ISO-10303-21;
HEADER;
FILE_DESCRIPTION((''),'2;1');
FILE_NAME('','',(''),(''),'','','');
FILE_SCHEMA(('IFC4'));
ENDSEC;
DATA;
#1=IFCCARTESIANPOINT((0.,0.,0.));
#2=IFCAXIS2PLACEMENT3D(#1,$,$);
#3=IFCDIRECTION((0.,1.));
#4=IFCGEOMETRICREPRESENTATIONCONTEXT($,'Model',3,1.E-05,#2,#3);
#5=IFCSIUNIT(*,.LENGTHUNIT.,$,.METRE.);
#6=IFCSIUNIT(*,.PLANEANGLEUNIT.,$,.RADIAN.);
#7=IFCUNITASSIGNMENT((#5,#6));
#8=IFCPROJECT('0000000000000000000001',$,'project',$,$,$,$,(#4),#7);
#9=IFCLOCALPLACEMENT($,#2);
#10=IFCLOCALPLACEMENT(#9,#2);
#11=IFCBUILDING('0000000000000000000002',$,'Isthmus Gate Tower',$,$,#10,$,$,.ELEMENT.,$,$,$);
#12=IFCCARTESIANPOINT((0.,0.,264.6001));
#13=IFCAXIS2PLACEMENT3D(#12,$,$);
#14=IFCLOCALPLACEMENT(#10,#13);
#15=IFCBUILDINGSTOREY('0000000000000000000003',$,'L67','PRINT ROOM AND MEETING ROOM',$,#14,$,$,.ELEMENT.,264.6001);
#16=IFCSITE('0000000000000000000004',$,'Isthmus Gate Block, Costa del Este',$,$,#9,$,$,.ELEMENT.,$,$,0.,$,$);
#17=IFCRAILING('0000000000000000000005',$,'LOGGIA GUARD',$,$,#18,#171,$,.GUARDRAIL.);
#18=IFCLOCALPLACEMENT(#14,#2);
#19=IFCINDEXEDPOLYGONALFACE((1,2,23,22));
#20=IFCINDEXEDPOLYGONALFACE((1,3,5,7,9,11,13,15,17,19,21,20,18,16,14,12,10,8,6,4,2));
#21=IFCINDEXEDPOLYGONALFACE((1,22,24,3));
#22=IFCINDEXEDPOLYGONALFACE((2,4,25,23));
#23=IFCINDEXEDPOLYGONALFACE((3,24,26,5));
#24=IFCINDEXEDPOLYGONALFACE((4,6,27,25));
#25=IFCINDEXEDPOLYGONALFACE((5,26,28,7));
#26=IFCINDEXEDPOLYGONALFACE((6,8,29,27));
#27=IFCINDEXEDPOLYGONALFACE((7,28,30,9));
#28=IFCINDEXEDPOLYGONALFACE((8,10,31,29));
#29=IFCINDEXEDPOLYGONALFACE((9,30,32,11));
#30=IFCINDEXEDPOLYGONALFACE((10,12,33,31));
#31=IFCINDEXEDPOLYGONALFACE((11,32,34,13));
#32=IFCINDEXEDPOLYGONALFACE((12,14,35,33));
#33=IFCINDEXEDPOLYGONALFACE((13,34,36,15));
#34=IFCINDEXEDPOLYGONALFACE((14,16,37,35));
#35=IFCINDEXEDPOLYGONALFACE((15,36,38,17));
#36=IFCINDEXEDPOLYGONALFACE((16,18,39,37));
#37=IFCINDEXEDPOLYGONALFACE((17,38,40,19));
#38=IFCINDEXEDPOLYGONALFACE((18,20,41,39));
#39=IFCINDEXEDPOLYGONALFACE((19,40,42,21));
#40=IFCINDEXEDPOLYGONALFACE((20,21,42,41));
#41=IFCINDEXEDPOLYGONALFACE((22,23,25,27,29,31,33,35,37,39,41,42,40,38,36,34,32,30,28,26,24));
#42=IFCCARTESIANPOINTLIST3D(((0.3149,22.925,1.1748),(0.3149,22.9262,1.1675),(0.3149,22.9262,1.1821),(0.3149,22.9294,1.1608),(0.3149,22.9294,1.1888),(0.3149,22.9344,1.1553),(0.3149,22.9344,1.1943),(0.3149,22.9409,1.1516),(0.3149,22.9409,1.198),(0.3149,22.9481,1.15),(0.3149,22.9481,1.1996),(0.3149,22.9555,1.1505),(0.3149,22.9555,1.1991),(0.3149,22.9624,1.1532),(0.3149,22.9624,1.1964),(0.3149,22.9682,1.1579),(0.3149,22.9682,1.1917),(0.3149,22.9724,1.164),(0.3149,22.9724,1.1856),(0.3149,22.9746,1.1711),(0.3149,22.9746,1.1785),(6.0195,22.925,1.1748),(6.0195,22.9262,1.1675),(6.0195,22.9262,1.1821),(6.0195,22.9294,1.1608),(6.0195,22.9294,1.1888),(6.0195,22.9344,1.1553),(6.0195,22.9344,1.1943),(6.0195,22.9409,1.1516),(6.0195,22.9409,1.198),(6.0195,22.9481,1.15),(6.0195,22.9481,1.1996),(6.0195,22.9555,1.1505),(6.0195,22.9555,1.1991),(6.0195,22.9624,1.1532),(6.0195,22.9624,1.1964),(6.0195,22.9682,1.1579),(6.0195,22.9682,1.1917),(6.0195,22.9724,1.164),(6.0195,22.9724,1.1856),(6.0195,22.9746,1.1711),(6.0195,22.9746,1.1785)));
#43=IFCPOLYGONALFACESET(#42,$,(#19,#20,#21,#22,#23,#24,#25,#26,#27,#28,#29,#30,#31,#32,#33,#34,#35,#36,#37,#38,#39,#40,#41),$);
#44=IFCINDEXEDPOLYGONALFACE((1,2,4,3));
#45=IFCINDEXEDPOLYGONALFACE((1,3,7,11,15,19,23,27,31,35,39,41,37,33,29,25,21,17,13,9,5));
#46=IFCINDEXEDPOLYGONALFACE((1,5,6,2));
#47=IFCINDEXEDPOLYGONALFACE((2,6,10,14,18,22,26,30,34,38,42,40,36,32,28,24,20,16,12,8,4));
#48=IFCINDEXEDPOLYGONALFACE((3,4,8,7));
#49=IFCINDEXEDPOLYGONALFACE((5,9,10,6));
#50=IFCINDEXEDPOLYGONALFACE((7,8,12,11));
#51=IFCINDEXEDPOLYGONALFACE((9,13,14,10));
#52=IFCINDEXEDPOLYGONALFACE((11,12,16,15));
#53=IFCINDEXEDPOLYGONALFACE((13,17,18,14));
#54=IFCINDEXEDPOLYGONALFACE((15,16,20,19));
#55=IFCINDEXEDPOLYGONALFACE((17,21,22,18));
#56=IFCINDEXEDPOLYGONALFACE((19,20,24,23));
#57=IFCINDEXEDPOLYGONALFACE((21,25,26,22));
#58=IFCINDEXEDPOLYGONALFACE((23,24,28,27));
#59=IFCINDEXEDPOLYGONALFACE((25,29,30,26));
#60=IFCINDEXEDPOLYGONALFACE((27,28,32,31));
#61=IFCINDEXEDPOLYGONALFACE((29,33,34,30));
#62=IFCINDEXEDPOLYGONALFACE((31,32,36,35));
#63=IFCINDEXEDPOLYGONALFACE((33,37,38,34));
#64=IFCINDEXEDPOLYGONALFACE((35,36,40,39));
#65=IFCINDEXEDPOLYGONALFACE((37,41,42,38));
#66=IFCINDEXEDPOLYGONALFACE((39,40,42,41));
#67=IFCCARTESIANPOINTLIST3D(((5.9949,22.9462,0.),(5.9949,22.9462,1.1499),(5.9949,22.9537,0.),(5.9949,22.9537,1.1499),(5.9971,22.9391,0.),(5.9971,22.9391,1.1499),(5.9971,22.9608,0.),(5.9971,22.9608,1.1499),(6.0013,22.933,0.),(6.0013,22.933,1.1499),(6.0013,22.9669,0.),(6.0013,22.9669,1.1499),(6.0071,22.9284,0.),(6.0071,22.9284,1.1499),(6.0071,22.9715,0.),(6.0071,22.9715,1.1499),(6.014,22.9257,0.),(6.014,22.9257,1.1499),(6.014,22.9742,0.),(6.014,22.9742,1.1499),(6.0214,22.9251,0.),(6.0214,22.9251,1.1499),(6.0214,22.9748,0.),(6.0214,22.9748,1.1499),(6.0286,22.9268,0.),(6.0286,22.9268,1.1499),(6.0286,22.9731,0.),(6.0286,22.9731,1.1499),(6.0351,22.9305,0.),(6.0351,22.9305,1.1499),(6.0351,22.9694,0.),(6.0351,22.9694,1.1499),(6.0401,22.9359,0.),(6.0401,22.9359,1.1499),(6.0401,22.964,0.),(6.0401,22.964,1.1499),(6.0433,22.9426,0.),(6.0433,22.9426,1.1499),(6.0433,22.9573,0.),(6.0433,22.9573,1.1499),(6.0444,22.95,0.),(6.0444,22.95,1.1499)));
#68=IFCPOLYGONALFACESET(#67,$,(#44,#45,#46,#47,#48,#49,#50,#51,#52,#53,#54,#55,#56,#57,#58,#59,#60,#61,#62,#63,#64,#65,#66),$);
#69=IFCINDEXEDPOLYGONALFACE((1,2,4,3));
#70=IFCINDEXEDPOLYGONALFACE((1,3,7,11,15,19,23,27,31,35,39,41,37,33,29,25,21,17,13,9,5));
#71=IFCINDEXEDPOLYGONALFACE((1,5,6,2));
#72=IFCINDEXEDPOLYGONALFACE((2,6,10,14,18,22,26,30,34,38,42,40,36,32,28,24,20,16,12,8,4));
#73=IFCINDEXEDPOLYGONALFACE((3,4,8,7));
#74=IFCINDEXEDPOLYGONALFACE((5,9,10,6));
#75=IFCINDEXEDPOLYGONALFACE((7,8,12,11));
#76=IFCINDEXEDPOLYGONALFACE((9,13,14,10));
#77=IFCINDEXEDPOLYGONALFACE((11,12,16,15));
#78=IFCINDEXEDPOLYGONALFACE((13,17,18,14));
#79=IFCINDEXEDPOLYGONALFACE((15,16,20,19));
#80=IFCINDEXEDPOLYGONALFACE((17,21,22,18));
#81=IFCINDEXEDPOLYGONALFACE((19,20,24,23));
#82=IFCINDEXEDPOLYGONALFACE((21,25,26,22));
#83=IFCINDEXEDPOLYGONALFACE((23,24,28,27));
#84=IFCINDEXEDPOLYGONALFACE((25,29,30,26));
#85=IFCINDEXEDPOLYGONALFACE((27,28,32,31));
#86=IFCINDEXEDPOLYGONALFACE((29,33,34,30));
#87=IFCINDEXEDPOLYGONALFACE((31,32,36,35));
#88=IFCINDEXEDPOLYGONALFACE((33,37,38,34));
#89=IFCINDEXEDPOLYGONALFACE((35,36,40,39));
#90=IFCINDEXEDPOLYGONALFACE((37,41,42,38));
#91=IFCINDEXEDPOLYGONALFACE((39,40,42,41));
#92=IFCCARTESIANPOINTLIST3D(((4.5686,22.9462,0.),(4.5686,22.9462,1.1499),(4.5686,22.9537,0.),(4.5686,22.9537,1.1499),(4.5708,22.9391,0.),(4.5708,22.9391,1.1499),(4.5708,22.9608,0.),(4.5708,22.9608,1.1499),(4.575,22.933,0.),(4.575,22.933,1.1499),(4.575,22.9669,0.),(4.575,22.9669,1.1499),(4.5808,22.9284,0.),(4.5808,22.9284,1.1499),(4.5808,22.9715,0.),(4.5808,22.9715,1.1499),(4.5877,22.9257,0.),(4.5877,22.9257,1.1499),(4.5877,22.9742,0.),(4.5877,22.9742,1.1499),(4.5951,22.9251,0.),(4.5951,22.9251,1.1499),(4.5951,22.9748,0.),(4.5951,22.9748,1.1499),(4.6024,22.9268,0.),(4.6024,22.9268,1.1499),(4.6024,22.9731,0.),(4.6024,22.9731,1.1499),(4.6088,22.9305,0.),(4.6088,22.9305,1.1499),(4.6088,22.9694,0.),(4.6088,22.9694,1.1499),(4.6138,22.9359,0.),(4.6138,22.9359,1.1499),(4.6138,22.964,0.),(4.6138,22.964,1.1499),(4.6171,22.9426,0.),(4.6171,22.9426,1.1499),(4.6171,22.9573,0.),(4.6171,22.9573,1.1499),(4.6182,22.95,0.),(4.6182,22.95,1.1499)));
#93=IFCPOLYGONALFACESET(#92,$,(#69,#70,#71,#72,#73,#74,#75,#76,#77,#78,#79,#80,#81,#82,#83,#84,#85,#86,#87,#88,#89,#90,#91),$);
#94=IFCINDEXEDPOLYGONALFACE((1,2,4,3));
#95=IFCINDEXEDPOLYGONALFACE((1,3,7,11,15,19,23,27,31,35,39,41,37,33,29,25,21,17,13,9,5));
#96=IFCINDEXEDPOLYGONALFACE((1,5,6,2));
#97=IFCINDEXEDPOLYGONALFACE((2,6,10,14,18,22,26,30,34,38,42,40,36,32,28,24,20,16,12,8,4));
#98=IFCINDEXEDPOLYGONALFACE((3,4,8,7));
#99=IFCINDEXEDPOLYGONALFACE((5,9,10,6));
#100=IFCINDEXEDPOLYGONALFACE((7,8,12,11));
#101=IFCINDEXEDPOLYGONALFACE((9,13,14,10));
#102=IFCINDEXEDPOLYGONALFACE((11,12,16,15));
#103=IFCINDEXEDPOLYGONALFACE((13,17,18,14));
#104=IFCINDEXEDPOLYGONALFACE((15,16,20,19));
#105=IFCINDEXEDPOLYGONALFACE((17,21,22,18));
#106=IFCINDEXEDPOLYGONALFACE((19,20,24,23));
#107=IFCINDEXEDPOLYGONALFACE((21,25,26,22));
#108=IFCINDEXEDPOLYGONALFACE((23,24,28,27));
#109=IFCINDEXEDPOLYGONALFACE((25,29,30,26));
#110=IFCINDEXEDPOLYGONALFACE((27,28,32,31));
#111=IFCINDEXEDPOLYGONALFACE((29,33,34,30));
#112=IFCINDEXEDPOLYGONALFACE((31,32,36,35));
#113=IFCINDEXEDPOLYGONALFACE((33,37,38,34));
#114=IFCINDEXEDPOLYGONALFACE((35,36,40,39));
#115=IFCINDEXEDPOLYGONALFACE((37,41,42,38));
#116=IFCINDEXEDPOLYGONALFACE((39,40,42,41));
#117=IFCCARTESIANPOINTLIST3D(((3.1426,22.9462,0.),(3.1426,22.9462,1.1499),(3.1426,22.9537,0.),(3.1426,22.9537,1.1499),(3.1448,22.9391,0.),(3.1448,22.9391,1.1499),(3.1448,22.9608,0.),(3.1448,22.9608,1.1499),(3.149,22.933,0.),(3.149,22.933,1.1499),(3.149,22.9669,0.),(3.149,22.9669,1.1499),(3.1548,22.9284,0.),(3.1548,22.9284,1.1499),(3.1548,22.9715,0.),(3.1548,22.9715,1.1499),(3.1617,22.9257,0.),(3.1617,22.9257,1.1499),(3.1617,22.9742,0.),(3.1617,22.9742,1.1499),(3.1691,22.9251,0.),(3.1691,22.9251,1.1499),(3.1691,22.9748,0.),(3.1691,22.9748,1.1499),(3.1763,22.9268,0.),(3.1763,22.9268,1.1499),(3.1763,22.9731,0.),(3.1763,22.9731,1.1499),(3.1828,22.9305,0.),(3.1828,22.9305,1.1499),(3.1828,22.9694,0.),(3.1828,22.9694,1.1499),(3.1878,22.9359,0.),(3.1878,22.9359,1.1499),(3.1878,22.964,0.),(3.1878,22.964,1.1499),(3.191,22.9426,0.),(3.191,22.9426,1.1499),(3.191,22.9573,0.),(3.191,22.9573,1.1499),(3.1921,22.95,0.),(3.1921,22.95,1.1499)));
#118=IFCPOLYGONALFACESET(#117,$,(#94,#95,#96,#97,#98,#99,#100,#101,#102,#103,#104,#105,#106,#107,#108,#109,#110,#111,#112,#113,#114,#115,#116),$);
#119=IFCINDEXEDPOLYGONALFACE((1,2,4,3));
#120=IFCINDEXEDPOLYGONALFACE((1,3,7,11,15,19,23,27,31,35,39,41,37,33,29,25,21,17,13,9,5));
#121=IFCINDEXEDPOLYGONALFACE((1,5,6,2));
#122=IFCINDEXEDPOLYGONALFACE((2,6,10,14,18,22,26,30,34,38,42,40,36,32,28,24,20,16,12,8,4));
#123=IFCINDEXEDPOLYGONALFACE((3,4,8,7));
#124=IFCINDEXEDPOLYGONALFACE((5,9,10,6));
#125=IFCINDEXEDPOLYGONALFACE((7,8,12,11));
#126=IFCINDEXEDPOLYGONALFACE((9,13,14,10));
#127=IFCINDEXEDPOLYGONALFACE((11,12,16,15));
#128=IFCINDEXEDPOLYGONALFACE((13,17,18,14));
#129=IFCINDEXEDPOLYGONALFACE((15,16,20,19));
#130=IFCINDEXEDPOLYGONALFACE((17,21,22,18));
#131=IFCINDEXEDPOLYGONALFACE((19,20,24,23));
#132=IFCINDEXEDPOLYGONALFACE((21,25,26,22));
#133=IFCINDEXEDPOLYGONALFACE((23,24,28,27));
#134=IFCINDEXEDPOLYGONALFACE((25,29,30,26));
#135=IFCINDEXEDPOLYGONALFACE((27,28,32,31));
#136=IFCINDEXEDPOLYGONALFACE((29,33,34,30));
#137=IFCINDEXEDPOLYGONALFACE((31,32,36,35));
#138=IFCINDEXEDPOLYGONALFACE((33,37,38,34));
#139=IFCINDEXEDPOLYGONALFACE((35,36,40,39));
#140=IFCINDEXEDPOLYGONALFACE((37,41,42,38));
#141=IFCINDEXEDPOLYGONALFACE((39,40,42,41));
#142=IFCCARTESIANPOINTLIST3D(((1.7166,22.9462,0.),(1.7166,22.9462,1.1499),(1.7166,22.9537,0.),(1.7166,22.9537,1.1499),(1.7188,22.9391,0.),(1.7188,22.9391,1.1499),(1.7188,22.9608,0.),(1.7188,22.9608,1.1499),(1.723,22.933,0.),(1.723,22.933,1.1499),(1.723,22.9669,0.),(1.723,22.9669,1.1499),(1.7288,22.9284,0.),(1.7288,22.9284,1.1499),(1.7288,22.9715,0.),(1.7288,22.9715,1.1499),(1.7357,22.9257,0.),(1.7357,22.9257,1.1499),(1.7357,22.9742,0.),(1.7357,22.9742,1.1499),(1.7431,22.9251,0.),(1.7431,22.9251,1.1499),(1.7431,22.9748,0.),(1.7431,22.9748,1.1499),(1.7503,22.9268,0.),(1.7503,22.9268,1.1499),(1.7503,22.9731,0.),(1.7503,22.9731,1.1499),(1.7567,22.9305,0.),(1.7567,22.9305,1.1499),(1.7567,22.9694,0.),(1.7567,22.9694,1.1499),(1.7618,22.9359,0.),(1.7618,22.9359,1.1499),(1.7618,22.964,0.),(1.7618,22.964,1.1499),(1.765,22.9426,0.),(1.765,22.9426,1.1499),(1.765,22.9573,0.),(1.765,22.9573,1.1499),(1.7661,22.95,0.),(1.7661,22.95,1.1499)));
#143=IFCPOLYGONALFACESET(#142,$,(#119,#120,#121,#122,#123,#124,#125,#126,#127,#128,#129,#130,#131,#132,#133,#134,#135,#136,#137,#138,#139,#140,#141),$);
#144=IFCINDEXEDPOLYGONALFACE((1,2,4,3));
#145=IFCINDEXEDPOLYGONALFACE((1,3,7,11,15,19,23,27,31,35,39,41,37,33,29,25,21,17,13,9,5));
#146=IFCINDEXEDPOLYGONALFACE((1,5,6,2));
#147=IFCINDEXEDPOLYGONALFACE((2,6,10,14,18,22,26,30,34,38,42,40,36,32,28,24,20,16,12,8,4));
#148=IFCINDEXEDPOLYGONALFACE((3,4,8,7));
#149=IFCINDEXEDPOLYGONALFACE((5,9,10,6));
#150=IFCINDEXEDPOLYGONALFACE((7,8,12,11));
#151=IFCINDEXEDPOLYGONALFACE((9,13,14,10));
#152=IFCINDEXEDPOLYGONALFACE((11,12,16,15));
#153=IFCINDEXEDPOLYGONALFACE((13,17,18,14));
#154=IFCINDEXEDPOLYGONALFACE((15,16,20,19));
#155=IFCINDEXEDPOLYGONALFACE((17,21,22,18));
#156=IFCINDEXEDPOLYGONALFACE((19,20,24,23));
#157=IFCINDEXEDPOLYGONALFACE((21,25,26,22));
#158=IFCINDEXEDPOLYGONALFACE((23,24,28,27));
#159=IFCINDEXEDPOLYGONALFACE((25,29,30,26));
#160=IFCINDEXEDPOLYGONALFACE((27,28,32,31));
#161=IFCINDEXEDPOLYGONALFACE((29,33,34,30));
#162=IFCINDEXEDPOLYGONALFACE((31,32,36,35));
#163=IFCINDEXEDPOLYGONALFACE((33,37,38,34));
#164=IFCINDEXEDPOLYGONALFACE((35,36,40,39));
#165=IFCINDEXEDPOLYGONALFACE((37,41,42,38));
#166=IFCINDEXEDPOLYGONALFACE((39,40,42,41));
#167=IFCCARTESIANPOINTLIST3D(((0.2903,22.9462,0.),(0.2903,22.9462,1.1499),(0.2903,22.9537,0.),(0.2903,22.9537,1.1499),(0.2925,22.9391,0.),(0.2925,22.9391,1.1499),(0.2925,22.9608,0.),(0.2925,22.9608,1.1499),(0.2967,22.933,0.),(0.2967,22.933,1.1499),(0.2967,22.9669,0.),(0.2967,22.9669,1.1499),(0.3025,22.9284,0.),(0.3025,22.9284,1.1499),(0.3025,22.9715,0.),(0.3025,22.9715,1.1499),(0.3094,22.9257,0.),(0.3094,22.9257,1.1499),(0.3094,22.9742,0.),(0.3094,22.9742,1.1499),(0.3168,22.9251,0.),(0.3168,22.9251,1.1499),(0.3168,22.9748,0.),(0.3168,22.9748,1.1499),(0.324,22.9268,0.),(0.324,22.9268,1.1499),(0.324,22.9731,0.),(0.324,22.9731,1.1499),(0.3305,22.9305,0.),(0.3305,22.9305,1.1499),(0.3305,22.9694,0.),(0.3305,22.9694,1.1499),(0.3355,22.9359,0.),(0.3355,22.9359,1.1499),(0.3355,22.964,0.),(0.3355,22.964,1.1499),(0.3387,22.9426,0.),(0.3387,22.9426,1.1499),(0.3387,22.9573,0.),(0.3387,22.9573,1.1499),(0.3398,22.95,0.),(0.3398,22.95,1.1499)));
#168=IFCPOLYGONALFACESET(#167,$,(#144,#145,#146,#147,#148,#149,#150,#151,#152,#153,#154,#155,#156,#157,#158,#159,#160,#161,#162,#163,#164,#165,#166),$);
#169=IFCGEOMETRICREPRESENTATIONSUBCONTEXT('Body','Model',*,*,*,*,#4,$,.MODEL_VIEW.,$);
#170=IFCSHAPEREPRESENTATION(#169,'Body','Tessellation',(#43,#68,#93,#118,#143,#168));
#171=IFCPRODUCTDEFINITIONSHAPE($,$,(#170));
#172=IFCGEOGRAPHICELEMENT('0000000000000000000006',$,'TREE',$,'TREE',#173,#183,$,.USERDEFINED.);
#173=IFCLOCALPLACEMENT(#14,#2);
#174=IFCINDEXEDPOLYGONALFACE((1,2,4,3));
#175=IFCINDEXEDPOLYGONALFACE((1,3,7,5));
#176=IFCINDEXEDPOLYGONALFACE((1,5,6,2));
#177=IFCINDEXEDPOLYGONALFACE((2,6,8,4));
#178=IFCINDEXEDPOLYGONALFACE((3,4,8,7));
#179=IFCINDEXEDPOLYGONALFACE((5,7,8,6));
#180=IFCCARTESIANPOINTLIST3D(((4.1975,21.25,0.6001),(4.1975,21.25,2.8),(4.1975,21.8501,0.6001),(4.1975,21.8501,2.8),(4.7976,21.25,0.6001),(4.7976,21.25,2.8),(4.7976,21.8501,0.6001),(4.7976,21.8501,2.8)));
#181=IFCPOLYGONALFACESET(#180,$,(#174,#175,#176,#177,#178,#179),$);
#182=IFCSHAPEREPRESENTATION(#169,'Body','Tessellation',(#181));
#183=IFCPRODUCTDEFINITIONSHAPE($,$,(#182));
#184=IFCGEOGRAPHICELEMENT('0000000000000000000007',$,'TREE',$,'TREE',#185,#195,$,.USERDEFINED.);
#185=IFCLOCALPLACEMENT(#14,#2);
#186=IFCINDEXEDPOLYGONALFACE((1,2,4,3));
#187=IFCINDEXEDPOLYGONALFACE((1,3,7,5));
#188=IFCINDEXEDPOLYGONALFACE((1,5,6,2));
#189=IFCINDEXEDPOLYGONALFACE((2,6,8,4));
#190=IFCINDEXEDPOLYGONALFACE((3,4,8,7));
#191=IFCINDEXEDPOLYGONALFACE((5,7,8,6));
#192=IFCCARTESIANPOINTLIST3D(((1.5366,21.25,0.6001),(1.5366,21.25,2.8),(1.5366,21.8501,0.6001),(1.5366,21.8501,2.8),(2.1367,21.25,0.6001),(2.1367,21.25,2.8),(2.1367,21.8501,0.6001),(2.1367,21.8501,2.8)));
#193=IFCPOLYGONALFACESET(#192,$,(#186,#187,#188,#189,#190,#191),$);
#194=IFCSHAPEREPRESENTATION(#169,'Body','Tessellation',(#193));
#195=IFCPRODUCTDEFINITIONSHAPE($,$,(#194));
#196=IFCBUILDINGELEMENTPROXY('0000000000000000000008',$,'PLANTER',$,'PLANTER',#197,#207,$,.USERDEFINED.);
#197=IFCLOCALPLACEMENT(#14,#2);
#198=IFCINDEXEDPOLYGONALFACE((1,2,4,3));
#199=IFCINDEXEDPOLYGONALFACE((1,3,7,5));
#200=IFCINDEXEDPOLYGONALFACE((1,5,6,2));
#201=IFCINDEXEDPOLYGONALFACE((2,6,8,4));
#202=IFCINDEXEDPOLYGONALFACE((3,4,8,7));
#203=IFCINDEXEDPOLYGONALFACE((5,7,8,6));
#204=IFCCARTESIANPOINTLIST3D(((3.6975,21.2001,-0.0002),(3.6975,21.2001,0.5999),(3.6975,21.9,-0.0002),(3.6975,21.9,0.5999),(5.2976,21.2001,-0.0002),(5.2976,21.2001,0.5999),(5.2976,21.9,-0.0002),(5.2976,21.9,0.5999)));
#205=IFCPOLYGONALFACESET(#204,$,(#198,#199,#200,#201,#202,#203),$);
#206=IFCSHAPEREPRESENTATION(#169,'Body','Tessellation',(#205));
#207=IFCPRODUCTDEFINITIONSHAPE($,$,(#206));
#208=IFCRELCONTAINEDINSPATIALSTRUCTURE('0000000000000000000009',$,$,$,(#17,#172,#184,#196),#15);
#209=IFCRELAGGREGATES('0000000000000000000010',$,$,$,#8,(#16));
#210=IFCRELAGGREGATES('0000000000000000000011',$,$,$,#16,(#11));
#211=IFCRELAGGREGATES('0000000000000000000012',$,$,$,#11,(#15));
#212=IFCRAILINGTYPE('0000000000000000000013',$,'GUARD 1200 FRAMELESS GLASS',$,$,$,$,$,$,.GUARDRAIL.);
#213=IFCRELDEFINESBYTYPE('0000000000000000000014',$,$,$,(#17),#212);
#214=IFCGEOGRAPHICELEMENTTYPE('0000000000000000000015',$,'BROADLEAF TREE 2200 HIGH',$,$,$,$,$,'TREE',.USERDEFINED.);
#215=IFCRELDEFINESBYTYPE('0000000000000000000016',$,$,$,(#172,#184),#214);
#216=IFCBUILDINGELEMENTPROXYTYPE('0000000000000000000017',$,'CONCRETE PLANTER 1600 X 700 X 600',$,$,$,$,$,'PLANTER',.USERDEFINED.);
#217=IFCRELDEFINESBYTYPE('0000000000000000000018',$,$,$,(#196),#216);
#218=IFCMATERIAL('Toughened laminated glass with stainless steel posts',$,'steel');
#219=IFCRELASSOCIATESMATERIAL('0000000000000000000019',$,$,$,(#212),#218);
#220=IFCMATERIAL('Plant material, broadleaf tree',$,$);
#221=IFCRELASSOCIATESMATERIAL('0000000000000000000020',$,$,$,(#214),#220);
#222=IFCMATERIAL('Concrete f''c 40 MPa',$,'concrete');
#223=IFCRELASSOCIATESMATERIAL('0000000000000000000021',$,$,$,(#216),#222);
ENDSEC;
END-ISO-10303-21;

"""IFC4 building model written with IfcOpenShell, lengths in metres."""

from ifc_helpers import new_model, si_unit, direction, frame, origin, origin_2d, place, context, subcontext, project, spatial, rectangle, circle, extrude, material, type_object, element, save


model = new_model("IFC4")

# Units and contexts
model_context = context("Model", 3, precision=1e-05, world=origin(), true_north=direction((0.0, 1.0)))
body_context = subcontext(model_context, "Body", "Model", "MODEL_VIEW")
ifc_project = project(units=[si_unit("LENGTHUNIT", "METRE"), si_unit("PLANEANGLEUNIT", "RADIAN")], contexts=[model_context])

# Site, building, storey
site_placement = place(None, origin())
site = spatial("IfcSite", under=ifc_project, at=site_placement, Name="Isthmus Gate Block, Costa del Este", CompositionType="ELEMENT", RefElevation=0.0)
building_placement = place(site_placement, origin())
building = spatial("IfcBuilding", under=site, at=building_placement, Name="Isthmus Gate Tower", CompositionType="ELEMENT")
storey_placement = place(building_placement, frame((0.0, 0.0, 264.6001)))
storey = spatial("IfcBuildingStorey", under=building, at=storey_placement, Name="L67", Description="PRINT ROOM AND MEETING ROOM", CompositionType="ELEMENT", Elevation=264.6001)

# Railing
ifc_material_1 = material(Name="Toughened laminated glass with stainless steel posts", Category="steel")
railing_type = type_object("IfcRailingType", Name="GUARD 1200 FRAMELESS GLASS", PredefinedType="GUARDRAIL", material=ifc_material_1)
railing_placement = place(storey_placement, frame((6.0195, 22.95, 0.0)))
element("IfcRailing", 1, at=railing_placement, inside=storey, type_object=railing_type, Name="LOGGIA GUARD", PredefinedType="GUARDRAIL", context=body_context, shape_type="SweptSolid", body=[
    extrude(circle(Radius=0.0249, at=origin_2d()), frame((0.0, 0.0, 1.1748), z_axis=(-1.0, 0.0, 0.0), x_axis=(0.0, -1.0, 0.0)), (0.0, 0.0, 1.0), 5.7046),
    extrude(circle(Radius=0.0249, at=origin_2d()), origin(), (0.0, 0.0, 1.0), 1.1499),
    extrude(circle(Radius=0.0249, at=origin_2d()), frame((-1.4263, 0.0, 0.0)), (0.0, 0.0, 1.0), 1.1499),
    extrude(circle(Radius=0.0249, at=origin_2d()), frame((-2.8523, 0.0, 0.0)), (0.0, 0.0, 1.0), 1.1499),
    extrude(circle(Radius=0.0249, at=origin_2d()), frame((-4.2783, 0.0, 0.0)), (0.0, 0.0, 1.0), 1.1499),
    extrude(circle(Radius=0.0249, at=origin_2d()), frame((-5.7046, 0.0, 0.0)), (0.0, 0.0, 1.0), 1.1499),
])

# Geographic elements
ifc_material_2 = material(Name="Plant material, broadleaf tree")
geographic_element_type = type_object("IfcGeographicElementType", Name="BROADLEAF TREE 2200 HIGH", ElementType="TREE", PredefinedType="USERDEFINED", material=ifc_material_2)
for number, where, z_axis, x_axis, name in (
    (2, (4.4976, 21.55, 0.6001), (0.0, 0.0, 1.0), (-1.0, 0.0, 0.0), "TREE"),
    (3, (1.8367, 21.55, 0.6001), (0.0, 0.0, 1.0), (-1.0, 0.0, 0.0), "TREE"),
):
    element("IfcGeographicElement", number, at=place(storey_placement, frame(where, z_axis=z_axis, x_axis=x_axis)), inside=storey, type_object=geographic_element_type, Name=name, ObjectType="TREE", PredefinedType="USERDEFINED", context=body_context, shape_type="SweptSolid", body=[
        extrude(rectangle(XDim=0.6001, YDim=0.6001, at=origin_2d()), origin(), (0.0, 0.0, 1.0), 2.2),
    ])

# Building element proxy
ifc_material_3 = material(Name="Concrete f'c 40 MPa", Category="concrete")
building_element_proxy_type = type_object("IfcBuildingElementProxyType", Name="CONCRETE PLANTER 1600 X 700 X 600", ElementType="PLANTER", PredefinedType="USERDEFINED", material=ifc_material_3)
for number, where, z_axis, x_axis, name in (
    (4, (4.4976, 21.55, -0.0002), (0.0, 0.0, 1.0), (-1.0, 0.0, 0.0), "PLANTER"),
):
    element("IfcBuildingElementProxy", number, at=place(storey_placement, frame(where, z_axis=z_axis, x_axis=x_axis)), inside=storey, type_object=building_element_proxy_type, Name=name, ObjectType="PLANTER", PredefinedType="USERDEFINED", context=body_context, shape_type="SweptSolid", body=[
        extrude(rectangle(XDim=1.6001, YDim=0.7, at=origin_2d()), origin(), (0.0, 0.0, 1.0), 0.6001),
    ])

save(model, "model.ifc")
